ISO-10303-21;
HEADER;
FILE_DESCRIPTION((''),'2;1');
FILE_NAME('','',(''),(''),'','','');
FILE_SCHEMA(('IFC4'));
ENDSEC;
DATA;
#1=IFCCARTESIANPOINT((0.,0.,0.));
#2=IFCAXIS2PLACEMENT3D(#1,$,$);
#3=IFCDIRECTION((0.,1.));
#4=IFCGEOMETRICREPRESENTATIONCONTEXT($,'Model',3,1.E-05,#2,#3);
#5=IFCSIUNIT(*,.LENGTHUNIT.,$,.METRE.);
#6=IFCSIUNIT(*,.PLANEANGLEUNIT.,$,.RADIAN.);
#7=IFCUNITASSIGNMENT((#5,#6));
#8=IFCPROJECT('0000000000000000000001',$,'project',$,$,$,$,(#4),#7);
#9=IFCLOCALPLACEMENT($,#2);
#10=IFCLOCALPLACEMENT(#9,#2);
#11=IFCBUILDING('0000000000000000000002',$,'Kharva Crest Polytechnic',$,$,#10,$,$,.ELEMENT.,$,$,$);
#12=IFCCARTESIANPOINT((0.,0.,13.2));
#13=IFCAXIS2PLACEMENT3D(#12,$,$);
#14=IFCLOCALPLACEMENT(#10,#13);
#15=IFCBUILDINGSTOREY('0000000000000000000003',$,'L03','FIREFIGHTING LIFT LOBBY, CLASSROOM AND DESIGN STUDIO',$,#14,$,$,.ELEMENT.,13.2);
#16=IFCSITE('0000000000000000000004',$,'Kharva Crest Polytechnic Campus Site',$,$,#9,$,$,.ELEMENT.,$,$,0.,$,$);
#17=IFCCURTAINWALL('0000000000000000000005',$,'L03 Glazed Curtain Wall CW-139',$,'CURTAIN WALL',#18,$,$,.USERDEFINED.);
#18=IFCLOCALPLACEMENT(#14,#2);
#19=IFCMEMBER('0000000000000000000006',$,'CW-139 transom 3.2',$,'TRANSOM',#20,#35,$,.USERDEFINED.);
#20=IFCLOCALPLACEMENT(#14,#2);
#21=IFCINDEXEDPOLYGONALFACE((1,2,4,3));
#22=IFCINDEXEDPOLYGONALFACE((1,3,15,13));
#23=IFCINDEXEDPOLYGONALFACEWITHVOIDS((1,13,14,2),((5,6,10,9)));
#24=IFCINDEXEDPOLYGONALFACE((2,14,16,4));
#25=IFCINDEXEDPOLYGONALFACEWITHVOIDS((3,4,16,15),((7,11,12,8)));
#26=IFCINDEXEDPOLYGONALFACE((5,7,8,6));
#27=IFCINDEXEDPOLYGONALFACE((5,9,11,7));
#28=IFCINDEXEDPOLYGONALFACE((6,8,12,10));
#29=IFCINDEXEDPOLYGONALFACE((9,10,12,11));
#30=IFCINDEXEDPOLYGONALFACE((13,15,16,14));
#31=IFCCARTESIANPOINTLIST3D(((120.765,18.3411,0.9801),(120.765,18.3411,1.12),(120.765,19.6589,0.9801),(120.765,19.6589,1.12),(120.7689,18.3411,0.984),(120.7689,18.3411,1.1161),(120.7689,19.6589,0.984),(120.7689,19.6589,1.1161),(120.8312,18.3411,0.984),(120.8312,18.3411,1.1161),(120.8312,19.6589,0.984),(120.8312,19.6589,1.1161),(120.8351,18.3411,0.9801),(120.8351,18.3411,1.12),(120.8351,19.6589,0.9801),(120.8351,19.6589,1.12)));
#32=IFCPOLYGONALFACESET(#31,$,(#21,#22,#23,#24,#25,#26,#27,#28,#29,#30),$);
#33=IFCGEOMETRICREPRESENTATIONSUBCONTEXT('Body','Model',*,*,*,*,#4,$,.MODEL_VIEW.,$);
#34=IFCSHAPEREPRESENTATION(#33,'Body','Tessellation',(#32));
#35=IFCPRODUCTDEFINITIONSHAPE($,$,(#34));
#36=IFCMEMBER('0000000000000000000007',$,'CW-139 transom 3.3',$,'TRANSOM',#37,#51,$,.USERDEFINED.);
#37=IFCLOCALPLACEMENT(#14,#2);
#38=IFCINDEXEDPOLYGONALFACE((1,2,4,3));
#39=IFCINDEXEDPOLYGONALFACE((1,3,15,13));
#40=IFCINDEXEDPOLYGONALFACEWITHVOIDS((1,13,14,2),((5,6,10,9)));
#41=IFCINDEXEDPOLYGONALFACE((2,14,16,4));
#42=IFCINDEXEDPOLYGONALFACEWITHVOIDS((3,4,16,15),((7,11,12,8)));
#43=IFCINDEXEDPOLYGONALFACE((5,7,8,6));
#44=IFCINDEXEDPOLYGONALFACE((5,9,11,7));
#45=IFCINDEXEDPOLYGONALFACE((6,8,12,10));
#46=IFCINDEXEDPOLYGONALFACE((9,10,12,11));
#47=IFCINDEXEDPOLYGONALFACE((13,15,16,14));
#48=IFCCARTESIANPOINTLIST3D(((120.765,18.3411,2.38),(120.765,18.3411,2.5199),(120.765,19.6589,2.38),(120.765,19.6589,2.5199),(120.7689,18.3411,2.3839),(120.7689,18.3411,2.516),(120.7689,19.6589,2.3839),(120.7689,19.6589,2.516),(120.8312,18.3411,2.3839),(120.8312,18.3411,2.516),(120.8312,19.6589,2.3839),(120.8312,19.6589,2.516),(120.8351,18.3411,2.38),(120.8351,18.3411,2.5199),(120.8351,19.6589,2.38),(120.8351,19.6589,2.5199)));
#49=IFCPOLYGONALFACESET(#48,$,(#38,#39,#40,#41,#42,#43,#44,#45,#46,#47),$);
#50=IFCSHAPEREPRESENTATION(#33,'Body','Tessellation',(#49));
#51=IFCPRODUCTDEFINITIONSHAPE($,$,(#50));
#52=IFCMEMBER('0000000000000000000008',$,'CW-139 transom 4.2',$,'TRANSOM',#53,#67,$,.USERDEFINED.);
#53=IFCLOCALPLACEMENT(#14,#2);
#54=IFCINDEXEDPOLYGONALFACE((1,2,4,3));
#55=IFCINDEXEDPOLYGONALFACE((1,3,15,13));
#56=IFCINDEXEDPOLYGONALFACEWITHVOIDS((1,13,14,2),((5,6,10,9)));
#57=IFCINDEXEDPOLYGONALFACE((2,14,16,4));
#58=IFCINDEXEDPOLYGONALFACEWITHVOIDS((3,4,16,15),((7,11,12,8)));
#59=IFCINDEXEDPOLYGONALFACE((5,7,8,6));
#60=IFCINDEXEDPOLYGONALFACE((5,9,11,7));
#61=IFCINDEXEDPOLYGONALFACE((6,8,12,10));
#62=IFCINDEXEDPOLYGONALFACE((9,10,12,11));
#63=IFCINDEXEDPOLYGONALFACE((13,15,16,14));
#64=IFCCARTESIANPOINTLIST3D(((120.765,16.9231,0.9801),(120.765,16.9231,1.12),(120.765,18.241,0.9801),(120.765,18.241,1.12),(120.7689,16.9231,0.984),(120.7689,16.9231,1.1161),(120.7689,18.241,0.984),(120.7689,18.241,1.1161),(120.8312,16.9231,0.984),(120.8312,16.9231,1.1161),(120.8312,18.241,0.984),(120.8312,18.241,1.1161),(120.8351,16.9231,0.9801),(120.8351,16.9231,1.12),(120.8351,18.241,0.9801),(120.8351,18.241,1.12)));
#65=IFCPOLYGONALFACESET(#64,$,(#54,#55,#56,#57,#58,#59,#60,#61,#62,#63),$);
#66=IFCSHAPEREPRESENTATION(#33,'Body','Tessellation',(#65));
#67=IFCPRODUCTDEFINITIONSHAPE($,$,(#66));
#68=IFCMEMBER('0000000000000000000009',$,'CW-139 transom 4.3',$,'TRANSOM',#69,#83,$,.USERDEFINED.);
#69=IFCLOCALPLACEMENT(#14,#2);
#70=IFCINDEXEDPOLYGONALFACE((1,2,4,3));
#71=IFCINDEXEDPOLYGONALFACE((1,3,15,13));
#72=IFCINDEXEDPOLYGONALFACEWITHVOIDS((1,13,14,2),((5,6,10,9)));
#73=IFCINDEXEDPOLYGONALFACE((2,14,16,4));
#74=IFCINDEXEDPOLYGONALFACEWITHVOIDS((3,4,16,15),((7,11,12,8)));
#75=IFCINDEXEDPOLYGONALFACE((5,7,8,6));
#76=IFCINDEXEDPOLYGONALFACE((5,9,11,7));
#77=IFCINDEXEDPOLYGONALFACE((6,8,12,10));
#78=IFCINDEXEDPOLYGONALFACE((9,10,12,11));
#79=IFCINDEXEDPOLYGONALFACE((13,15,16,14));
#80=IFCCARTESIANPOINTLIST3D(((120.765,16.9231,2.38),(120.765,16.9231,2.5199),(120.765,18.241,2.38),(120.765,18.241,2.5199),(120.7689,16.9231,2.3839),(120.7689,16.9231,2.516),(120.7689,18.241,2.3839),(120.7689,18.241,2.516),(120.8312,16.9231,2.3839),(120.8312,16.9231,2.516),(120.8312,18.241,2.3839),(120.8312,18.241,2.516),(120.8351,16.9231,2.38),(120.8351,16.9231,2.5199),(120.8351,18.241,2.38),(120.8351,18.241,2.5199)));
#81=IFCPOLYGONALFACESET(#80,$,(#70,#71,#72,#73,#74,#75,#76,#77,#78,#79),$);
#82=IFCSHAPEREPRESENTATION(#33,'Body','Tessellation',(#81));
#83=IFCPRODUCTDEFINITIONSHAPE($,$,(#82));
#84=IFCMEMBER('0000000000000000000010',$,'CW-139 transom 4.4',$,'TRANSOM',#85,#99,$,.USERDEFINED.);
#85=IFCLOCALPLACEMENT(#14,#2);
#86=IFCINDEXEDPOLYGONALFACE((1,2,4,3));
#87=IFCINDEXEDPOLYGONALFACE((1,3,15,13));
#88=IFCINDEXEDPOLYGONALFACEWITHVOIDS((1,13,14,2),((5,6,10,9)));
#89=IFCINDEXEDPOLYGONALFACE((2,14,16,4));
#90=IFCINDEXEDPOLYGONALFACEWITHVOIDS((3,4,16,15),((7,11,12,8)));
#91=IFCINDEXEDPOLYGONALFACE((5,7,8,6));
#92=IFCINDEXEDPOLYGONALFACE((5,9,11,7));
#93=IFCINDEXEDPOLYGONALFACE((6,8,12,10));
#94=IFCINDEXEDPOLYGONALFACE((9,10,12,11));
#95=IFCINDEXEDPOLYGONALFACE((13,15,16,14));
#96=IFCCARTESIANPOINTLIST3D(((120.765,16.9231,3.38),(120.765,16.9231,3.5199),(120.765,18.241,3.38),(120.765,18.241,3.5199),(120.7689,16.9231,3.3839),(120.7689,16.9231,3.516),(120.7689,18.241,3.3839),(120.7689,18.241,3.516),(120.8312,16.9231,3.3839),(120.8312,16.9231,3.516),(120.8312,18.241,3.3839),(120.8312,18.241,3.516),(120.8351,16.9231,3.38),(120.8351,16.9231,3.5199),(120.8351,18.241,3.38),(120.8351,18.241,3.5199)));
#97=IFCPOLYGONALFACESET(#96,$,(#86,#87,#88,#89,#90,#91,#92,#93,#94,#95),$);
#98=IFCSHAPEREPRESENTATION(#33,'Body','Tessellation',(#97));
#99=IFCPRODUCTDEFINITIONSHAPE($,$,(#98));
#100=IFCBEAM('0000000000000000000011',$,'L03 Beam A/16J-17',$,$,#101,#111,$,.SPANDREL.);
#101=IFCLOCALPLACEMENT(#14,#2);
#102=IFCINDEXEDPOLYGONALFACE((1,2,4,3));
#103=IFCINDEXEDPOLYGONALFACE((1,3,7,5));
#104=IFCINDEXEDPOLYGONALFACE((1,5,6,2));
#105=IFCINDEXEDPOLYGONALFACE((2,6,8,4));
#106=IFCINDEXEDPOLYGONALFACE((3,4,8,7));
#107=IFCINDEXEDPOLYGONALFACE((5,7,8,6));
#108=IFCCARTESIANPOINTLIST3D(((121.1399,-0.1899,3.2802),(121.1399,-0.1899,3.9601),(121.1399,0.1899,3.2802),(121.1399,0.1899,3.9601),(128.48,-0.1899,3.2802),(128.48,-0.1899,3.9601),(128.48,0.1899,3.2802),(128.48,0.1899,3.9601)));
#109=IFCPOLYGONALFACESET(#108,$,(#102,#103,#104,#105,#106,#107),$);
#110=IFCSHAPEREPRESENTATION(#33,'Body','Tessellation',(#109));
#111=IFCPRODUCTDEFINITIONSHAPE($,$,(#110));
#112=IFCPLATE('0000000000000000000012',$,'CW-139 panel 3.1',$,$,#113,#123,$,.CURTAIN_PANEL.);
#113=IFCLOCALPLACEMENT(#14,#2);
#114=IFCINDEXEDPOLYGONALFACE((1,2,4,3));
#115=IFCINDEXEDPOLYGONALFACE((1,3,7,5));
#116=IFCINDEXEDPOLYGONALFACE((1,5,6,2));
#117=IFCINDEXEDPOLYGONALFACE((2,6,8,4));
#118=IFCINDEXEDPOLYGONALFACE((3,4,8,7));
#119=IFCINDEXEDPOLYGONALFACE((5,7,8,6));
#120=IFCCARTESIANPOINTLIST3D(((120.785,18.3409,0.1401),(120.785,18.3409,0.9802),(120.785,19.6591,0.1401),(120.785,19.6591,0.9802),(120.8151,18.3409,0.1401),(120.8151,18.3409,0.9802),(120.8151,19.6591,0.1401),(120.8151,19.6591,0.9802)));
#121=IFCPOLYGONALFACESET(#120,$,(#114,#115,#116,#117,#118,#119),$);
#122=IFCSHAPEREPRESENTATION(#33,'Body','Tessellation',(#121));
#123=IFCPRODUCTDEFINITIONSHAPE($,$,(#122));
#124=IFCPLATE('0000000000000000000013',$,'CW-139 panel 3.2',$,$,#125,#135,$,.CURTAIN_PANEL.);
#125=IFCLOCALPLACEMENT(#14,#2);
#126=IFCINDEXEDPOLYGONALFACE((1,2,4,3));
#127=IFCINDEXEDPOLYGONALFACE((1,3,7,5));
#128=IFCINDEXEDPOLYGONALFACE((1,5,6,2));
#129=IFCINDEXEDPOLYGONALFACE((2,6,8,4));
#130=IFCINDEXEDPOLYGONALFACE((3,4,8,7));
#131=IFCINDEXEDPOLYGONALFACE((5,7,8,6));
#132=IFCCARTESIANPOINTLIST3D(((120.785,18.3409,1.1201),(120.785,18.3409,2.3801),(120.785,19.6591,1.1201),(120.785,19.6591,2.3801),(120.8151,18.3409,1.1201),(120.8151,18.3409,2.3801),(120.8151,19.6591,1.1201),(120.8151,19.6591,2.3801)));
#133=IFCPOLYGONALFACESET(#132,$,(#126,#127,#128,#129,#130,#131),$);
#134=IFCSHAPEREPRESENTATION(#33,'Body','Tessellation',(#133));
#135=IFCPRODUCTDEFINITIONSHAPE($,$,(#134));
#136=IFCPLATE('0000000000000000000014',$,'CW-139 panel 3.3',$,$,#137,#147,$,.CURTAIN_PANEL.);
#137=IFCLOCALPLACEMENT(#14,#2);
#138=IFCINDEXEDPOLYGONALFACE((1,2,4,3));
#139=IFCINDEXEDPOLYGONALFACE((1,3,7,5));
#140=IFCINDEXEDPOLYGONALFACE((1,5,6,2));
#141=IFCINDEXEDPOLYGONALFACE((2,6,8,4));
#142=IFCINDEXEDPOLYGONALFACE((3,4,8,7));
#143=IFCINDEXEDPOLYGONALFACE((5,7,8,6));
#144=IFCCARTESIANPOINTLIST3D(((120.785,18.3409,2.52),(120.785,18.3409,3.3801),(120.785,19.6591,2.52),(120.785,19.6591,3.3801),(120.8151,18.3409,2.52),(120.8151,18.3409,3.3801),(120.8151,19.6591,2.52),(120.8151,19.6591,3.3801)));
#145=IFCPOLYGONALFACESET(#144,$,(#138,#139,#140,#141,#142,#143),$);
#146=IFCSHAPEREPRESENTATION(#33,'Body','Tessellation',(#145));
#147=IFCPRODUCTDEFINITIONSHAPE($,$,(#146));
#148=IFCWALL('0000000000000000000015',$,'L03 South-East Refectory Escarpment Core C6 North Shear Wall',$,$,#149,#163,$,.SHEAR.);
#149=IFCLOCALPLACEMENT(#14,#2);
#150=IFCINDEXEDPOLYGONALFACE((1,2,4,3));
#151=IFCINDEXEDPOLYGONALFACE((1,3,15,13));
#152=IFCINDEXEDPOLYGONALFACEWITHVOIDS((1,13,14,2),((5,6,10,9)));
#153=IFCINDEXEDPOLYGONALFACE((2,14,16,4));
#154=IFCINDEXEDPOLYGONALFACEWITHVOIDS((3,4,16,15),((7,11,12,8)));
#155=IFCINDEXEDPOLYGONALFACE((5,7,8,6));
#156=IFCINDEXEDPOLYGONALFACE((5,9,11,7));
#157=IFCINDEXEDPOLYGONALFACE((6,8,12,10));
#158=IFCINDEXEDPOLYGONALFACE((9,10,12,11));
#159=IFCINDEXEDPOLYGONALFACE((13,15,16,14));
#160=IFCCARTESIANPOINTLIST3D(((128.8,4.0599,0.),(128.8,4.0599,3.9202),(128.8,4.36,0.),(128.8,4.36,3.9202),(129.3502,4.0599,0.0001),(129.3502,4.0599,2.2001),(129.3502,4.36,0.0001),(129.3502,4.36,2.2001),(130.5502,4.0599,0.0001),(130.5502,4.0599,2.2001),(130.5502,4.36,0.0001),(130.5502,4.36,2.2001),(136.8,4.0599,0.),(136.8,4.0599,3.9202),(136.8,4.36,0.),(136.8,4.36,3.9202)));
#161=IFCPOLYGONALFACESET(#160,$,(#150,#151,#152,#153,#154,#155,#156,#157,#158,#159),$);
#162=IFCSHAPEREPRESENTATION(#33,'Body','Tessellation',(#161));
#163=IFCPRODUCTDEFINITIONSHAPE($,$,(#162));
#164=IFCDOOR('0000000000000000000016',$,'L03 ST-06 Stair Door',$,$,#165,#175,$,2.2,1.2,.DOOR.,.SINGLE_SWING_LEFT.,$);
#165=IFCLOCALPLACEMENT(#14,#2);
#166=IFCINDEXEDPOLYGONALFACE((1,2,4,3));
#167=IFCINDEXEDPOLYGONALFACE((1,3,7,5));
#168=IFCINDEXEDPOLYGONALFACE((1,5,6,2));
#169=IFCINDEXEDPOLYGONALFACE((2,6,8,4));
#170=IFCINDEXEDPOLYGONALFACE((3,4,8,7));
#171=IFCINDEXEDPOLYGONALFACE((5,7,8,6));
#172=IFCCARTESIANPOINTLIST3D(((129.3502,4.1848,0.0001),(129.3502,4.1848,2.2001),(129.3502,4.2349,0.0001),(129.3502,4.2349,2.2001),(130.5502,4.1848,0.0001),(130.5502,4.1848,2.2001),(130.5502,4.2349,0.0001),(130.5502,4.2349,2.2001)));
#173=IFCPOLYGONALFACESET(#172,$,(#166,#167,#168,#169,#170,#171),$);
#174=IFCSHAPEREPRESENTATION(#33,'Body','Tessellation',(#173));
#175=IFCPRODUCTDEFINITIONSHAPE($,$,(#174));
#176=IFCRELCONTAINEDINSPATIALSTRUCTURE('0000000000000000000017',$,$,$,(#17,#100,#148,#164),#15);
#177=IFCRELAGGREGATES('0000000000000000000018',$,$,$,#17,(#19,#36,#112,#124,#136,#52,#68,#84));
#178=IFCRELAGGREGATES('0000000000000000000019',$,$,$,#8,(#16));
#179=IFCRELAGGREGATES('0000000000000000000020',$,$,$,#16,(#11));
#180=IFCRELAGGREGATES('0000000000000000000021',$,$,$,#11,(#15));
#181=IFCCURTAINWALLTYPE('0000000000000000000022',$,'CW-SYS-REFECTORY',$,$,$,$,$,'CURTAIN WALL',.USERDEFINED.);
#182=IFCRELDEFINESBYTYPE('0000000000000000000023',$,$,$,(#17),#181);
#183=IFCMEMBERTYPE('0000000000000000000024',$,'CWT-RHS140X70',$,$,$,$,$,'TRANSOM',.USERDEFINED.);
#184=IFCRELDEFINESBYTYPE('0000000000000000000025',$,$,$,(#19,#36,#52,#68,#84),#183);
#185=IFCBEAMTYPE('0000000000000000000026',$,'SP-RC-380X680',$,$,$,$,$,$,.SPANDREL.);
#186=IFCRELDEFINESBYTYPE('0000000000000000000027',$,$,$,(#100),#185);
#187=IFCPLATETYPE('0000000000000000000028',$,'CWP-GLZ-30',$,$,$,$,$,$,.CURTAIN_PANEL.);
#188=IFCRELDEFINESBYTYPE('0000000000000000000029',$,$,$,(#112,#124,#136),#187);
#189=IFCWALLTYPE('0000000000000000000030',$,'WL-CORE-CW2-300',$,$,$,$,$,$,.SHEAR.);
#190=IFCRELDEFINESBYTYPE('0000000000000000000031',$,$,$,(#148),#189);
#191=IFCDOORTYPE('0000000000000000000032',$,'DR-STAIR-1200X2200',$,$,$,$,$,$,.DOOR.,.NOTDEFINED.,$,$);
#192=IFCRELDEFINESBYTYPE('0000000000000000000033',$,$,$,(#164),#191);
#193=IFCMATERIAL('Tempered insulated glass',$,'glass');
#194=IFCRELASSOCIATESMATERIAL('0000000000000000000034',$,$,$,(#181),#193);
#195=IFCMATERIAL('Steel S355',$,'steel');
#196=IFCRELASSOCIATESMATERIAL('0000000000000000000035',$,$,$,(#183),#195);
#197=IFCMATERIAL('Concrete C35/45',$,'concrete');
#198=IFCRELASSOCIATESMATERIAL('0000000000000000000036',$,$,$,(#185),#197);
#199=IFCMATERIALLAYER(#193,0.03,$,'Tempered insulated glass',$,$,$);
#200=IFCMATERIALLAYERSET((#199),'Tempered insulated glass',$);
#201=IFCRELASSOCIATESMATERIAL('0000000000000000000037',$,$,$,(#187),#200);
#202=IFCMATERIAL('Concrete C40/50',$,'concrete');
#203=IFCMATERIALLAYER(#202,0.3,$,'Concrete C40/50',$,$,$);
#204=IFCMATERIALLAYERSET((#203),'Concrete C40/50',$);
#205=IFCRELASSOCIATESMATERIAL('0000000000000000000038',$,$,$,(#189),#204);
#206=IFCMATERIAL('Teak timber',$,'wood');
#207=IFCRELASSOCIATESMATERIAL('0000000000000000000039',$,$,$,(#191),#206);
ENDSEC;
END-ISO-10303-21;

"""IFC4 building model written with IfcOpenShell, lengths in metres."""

from ifc_helpers import new_model, si_unit, direction, frame, frame_2d, origin, origin_2d, place, context, subcontext, project, spatial, rectangle, hollow_rectangle, extrude, material, layer, layer_set, material_profile, profile_set, type_object, element, fill, aggregate, save


model = new_model("IFC4")

# Units and contexts
model_context = context("Model", 3, precision=1e-05, world=origin(), true_north=direction((0.0, 1.0)))
body_context = subcontext(model_context, "Body", "Model", "MODEL_VIEW")
ifc_project = project(units=[si_unit("LENGTHUNIT", "METRE"), si_unit("PLANEANGLEUNIT", "RADIAN")], contexts=[model_context])

# Site, building, storey
site_placement = place(None, origin())
site = spatial("IfcSite", under=ifc_project, at=site_placement, Name="Kharva Crest Polytechnic Campus Site", CompositionType="ELEMENT", RefElevation=0.0)
building_placement = place(site_placement, origin())
building = spatial("IfcBuilding", under=site, at=building_placement, Name="Kharva Crest Polytechnic", CompositionType="ELEMENT")
storey_placement = place(building_placement, frame((0.0, 0.0, 13.2)))
storey = spatial("IfcBuildingStorey", under=building, at=storey_placement, Name="L03", Description="FIREFIGHTING LIFT LOBBY, CLASSROOM AND DESIGN STUDIO", CompositionType="ELEMENT", Elevation=13.2)

# Shared definitions
ifc_material_1 = material(Name="Concrete C40/50", Category="concrete")

# Shared definitions
ifc_material_2 = material(Name="Concrete C35/45", Category="concrete")

# Curtain wall, members
ifc_material_3 = material(Name="Tempered insulated glass", Category="glass")
curtain_wall_type = type_object("IfcCurtainWallType", Name="CW-SYS-REFECTORY", ElementType="CURTAIN WALL", PredefinedType="USERDEFINED", material=ifc_material_3)
curtain_wall_placement = place(storey_placement, origin())
curtain_wall = element("IfcCurtainWall", 1, at=curtain_wall_placement, inside=storey, type_object=curtain_wall_type, Name="L03 Glazed Curtain Wall CW-139", ObjectType="CURTAIN WALL", PredefinedType="USERDEFINED")
ifc_material_4 = material(Name="Steel S355", Category="steel")
ifc_material_profile_1 = material_profile(ifc_material_4, hollow_rectangle(XDim=0.0701, YDim=0.1399, WallThickness=0.0039, at=origin_2d()), Name="RHS 140X70X4.0")
ifc_profile_set_1 = profile_set([ifc_material_profile_1], Name="Steel S355")
member_type_1 = type_object("IfcMemberType", Name="CWT-RHS140X70", ElementType="TRANSOM", PredefinedType="USERDEFINED", material=ifc_profile_set_1)
member_1_placement = place(storey_placement, frame((120.8, 19.6589, 1.05), z_axis=(0.0, -1.0, 0.0), x_axis=(1.0, 0.0, 0.0)))
member_1 = element("IfcMember", 2, at=member_1_placement, type_object=member_type_1, Name="CW-139 transom 3.2", ObjectType="TRANSOM", PredefinedType="USERDEFINED", context=body_context, shape_type="SweptSolid", body=[
    extrude(hollow_rectangle(XDim=0.0701, YDim=0.1399, WallThickness=0.0039, at=origin_2d()), origin(), (0.0, 0.0, 1.0), 1.3179),
])
member_2_placement = place(storey_placement, frame((120.8, 19.6589, 2.45), z_axis=(0.0, -1.0, 0.0), x_axis=(1.0, 0.0, 0.0)))
member_2 = element("IfcMember", 3, at=member_2_placement, type_object=member_type_1, Name="CW-139 transom 3.3", ObjectType="TRANSOM", PredefinedType="USERDEFINED", context=body_context, shape_type="SweptSolid", body=[
    extrude(hollow_rectangle(XDim=0.0701, YDim=0.1399, WallThickness=0.0039, at=origin_2d()), origin(), (0.0, 0.0, 1.0), 1.3179),
])
member_3_placement = place(storey_placement, frame((120.8, 18.241, 1.05), z_axis=(0.0, -1.0, 0.0), x_axis=(1.0, 0.0, 0.0)))
member_3 = element("IfcMember", 4, at=member_3_placement, type_object=member_type_1, Name="CW-139 transom 4.2", ObjectType="TRANSOM", PredefinedType="USERDEFINED", context=body_context, shape_type="SweptSolid", body=[
    extrude(hollow_rectangle(XDim=0.0701, YDim=0.1399, WallThickness=0.0039, at=origin_2d()), origin(), (0.0, 0.0, 1.0), 1.3179),
])
member_4_placement = place(storey_placement, frame((120.8, 18.241, 2.45), z_axis=(0.0, -1.0, 0.0), x_axis=(1.0, 0.0, 0.0)))
member_4 = element("IfcMember", 5, at=member_4_placement, type_object=member_type_1, Name="CW-139 transom 4.3", ObjectType="TRANSOM", PredefinedType="USERDEFINED", context=body_context, shape_type="SweptSolid", body=[
    extrude(hollow_rectangle(XDim=0.0701, YDim=0.1399, WallThickness=0.0039, at=origin_2d()), origin(), (0.0, 0.0, 1.0), 1.3179),
])
member_5_placement = place(storey_placement, frame((120.8, 18.241, 3.45), z_axis=(0.0, -1.0, 0.0), x_axis=(1.0, 0.0, 0.0)))
member_5 = element("IfcMember", 6, at=member_5_placement, type_object=member_type_1, Name="CW-139 transom 4.4", ObjectType="TRANSOM", PredefinedType="USERDEFINED", context=body_context, shape_type="SweptSolid", body=[
    extrude(hollow_rectangle(XDim=0.0701, YDim=0.1399, WallThickness=0.0039, at=origin_2d()), origin(), (0.0, 0.0, 1.0), 1.3179),
])

# Beam
ifc_material_profile_2 = material_profile(ifc_material_2, rectangle(XDim=0.3799, YDim=0.6799, at=origin_2d()), Name="RECT 380 X 680")
ifc_profile_set_2 = profile_set([ifc_material_profile_2], Name="Concrete C35/45")
beam_type_1 = type_object("IfcBeamType", Name="SP-RC-380X680", PredefinedType="SPANDREL", material=ifc_profile_set_2)
beam_1_placement = place(storey_placement, frame((121.1399, 0.0, 3.6201), z_axis=(1.0, 0.0, 0.0), x_axis=(0.0, 1.0, 0.0)))
element("IfcBeam", 7, at=beam_1_placement, inside=storey, type_object=beam_type_1, Name="L03 Beam A/16J-17", PredefinedType="SPANDREL", context=body_context, shape_type="SweptSolid", body=[
    extrude(rectangle(XDim=0.3799, YDim=0.6799, at=origin_2d()), origin(), (0.0, 0.0, 1.0), 7.3401),
])

# Plates
ifc_layer_1 = layer(ifc_material_3, 0.03, Name="Tempered insulated glass")
ifc_layer_set_1 = layer_set([ifc_layer_1], Name="Tempered insulated glass")
plate_type = type_object("IfcPlateType", Name="CWP-GLZ-30", PredefinedType="CURTAIN_PANEL", material=ifc_layer_set_1)
plate_1_placement = place(storey_placement, frame((120.8, 19.0, 0.1401), z_axis=(0.0, 0.0, 1.0), x_axis=(0.0, -1.0, 0.0)))
plate_1 = element("IfcPlate", 8, at=plate_1_placement, type_object=plate_type, Name="CW-139 panel 3.1", PredefinedType="CURTAIN_PANEL", context=body_context, shape_type="SweptSolid", body=[
    extrude(rectangle(XDim=1.3181, YDim=0.03, at=origin_2d()), origin(), (0.0, 0.0, 1.0), 0.8401),
])
plate_2_placement = place(storey_placement, frame((120.8, 19.0, 1.1201), z_axis=(0.0, 0.0, 1.0), x_axis=(0.0, -1.0, 0.0)))
plate_2 = element("IfcPlate", 9, at=plate_2_placement, type_object=plate_type, Name="CW-139 panel 3.2", PredefinedType="CURTAIN_PANEL", context=body_context, shape_type="SweptSolid", body=[
    extrude(rectangle(XDim=1.3181, YDim=0.03, at=origin_2d()), origin(), (0.0, 0.0, 1.0), 1.26),
])
plate_3_placement = place(storey_placement, frame((120.8, 19.0, 2.52), z_axis=(0.0, 0.0, 1.0), x_axis=(0.0, -1.0, 0.0)))
plate_3 = element("IfcPlate", 10, at=plate_3_placement, type_object=plate_type, Name="CW-139 panel 3.3", PredefinedType="CURTAIN_PANEL", context=body_context, shape_type="SweptSolid", body=[
    extrude(rectangle(XDim=1.3181, YDim=0.03, at=origin_2d()), origin(), (0.0, 0.0, 1.0), 0.8601),
])
aggregate(curtain_wall, [member_1, member_2, plate_1, plate_2, plate_3, member_3, member_4, member_5])

# Wall, opening, door
ifc_layer_2 = layer(ifc_material_1, 0.3, Name="Concrete C40/50")
ifc_layer_set_2 = layer_set([ifc_layer_2], Name="Concrete C40/50")
wall_type_1 = type_object("IfcWallType", Name="WL-CORE-CW2-300", PredefinedType="SHEAR", material=ifc_layer_set_2)
wall_1_placement = place(storey_placement, frame((128.8, 4.21, 0.0), z_axis=(0.0, 0.0, 1.0), x_axis=(1.0, 0.0, 0.0)))
wall_1 = element("IfcWall", 11, at=wall_1_placement, inside=storey, type_object=wall_type_1, Name="L03 South-East Refectory Escarpment Core C6 North Shear Wall", PredefinedType="SHEAR", context=body_context, shape_type="SweptSolid", body=[
    extrude(rectangle(XDim=8.0, YDim=0.3, at=frame_2d((4.0, 0.0))), origin(), (0.0, 0.0, 1.0), 3.9202),
])
opening_1_placement = place(wall_1_placement, frame((0.55, 0.0, 0.0)))
opening_1 = element("IfcOpeningElement", 12, at=opening_1_placement, cuts=wall_1, PredefinedType="OPENING", context=body_context, shape_type="SweptSolid", body=[
    extrude(rectangle(XDim=1.2, YDim=2.2, at=frame_2d((0.6001, 1.1001))), frame((0.0, 0.1599, 0.0), z_axis=(0.0, -1.0, 0.0), x_axis=(1.0, 0.0, 0.0)), (0.0, 0.0, 1.0), 0.3201),
])
ifc_material_5 = material(Name="Teak timber", Category="wood")
door_type_1 = type_object("IfcDoorType", Name="DR-STAIR-1200X2200", OperationType="NOTDEFINED", PredefinedType="DOOR", material=ifc_material_5)
door_1_placement = place(opening_1_placement, origin())
door_1 = element("IfcDoor", 13, at=door_1_placement, inside=storey, type_object=door_type_1, Name="L03 ST-06 Stair Door", OperationType="SINGLE_SWING_LEFT", OverallHeight=2.2, OverallWidth=1.2, PredefinedType="DOOR", context=body_context, shape_type="SweptSolid", body=[
    extrude(rectangle(XDim=1.2, YDim=2.2, at=frame_2d((0.6001, 1.1001))), frame((0.0, 0.0249, 0.0), z_axis=(0.0, -1.0, 0.0), x_axis=(1.0, 0.0, 0.0)), (0.0, 0.0, 1.0), 0.05),
])
fill(opening_1, door_1)

save(model, "model.ifc")
